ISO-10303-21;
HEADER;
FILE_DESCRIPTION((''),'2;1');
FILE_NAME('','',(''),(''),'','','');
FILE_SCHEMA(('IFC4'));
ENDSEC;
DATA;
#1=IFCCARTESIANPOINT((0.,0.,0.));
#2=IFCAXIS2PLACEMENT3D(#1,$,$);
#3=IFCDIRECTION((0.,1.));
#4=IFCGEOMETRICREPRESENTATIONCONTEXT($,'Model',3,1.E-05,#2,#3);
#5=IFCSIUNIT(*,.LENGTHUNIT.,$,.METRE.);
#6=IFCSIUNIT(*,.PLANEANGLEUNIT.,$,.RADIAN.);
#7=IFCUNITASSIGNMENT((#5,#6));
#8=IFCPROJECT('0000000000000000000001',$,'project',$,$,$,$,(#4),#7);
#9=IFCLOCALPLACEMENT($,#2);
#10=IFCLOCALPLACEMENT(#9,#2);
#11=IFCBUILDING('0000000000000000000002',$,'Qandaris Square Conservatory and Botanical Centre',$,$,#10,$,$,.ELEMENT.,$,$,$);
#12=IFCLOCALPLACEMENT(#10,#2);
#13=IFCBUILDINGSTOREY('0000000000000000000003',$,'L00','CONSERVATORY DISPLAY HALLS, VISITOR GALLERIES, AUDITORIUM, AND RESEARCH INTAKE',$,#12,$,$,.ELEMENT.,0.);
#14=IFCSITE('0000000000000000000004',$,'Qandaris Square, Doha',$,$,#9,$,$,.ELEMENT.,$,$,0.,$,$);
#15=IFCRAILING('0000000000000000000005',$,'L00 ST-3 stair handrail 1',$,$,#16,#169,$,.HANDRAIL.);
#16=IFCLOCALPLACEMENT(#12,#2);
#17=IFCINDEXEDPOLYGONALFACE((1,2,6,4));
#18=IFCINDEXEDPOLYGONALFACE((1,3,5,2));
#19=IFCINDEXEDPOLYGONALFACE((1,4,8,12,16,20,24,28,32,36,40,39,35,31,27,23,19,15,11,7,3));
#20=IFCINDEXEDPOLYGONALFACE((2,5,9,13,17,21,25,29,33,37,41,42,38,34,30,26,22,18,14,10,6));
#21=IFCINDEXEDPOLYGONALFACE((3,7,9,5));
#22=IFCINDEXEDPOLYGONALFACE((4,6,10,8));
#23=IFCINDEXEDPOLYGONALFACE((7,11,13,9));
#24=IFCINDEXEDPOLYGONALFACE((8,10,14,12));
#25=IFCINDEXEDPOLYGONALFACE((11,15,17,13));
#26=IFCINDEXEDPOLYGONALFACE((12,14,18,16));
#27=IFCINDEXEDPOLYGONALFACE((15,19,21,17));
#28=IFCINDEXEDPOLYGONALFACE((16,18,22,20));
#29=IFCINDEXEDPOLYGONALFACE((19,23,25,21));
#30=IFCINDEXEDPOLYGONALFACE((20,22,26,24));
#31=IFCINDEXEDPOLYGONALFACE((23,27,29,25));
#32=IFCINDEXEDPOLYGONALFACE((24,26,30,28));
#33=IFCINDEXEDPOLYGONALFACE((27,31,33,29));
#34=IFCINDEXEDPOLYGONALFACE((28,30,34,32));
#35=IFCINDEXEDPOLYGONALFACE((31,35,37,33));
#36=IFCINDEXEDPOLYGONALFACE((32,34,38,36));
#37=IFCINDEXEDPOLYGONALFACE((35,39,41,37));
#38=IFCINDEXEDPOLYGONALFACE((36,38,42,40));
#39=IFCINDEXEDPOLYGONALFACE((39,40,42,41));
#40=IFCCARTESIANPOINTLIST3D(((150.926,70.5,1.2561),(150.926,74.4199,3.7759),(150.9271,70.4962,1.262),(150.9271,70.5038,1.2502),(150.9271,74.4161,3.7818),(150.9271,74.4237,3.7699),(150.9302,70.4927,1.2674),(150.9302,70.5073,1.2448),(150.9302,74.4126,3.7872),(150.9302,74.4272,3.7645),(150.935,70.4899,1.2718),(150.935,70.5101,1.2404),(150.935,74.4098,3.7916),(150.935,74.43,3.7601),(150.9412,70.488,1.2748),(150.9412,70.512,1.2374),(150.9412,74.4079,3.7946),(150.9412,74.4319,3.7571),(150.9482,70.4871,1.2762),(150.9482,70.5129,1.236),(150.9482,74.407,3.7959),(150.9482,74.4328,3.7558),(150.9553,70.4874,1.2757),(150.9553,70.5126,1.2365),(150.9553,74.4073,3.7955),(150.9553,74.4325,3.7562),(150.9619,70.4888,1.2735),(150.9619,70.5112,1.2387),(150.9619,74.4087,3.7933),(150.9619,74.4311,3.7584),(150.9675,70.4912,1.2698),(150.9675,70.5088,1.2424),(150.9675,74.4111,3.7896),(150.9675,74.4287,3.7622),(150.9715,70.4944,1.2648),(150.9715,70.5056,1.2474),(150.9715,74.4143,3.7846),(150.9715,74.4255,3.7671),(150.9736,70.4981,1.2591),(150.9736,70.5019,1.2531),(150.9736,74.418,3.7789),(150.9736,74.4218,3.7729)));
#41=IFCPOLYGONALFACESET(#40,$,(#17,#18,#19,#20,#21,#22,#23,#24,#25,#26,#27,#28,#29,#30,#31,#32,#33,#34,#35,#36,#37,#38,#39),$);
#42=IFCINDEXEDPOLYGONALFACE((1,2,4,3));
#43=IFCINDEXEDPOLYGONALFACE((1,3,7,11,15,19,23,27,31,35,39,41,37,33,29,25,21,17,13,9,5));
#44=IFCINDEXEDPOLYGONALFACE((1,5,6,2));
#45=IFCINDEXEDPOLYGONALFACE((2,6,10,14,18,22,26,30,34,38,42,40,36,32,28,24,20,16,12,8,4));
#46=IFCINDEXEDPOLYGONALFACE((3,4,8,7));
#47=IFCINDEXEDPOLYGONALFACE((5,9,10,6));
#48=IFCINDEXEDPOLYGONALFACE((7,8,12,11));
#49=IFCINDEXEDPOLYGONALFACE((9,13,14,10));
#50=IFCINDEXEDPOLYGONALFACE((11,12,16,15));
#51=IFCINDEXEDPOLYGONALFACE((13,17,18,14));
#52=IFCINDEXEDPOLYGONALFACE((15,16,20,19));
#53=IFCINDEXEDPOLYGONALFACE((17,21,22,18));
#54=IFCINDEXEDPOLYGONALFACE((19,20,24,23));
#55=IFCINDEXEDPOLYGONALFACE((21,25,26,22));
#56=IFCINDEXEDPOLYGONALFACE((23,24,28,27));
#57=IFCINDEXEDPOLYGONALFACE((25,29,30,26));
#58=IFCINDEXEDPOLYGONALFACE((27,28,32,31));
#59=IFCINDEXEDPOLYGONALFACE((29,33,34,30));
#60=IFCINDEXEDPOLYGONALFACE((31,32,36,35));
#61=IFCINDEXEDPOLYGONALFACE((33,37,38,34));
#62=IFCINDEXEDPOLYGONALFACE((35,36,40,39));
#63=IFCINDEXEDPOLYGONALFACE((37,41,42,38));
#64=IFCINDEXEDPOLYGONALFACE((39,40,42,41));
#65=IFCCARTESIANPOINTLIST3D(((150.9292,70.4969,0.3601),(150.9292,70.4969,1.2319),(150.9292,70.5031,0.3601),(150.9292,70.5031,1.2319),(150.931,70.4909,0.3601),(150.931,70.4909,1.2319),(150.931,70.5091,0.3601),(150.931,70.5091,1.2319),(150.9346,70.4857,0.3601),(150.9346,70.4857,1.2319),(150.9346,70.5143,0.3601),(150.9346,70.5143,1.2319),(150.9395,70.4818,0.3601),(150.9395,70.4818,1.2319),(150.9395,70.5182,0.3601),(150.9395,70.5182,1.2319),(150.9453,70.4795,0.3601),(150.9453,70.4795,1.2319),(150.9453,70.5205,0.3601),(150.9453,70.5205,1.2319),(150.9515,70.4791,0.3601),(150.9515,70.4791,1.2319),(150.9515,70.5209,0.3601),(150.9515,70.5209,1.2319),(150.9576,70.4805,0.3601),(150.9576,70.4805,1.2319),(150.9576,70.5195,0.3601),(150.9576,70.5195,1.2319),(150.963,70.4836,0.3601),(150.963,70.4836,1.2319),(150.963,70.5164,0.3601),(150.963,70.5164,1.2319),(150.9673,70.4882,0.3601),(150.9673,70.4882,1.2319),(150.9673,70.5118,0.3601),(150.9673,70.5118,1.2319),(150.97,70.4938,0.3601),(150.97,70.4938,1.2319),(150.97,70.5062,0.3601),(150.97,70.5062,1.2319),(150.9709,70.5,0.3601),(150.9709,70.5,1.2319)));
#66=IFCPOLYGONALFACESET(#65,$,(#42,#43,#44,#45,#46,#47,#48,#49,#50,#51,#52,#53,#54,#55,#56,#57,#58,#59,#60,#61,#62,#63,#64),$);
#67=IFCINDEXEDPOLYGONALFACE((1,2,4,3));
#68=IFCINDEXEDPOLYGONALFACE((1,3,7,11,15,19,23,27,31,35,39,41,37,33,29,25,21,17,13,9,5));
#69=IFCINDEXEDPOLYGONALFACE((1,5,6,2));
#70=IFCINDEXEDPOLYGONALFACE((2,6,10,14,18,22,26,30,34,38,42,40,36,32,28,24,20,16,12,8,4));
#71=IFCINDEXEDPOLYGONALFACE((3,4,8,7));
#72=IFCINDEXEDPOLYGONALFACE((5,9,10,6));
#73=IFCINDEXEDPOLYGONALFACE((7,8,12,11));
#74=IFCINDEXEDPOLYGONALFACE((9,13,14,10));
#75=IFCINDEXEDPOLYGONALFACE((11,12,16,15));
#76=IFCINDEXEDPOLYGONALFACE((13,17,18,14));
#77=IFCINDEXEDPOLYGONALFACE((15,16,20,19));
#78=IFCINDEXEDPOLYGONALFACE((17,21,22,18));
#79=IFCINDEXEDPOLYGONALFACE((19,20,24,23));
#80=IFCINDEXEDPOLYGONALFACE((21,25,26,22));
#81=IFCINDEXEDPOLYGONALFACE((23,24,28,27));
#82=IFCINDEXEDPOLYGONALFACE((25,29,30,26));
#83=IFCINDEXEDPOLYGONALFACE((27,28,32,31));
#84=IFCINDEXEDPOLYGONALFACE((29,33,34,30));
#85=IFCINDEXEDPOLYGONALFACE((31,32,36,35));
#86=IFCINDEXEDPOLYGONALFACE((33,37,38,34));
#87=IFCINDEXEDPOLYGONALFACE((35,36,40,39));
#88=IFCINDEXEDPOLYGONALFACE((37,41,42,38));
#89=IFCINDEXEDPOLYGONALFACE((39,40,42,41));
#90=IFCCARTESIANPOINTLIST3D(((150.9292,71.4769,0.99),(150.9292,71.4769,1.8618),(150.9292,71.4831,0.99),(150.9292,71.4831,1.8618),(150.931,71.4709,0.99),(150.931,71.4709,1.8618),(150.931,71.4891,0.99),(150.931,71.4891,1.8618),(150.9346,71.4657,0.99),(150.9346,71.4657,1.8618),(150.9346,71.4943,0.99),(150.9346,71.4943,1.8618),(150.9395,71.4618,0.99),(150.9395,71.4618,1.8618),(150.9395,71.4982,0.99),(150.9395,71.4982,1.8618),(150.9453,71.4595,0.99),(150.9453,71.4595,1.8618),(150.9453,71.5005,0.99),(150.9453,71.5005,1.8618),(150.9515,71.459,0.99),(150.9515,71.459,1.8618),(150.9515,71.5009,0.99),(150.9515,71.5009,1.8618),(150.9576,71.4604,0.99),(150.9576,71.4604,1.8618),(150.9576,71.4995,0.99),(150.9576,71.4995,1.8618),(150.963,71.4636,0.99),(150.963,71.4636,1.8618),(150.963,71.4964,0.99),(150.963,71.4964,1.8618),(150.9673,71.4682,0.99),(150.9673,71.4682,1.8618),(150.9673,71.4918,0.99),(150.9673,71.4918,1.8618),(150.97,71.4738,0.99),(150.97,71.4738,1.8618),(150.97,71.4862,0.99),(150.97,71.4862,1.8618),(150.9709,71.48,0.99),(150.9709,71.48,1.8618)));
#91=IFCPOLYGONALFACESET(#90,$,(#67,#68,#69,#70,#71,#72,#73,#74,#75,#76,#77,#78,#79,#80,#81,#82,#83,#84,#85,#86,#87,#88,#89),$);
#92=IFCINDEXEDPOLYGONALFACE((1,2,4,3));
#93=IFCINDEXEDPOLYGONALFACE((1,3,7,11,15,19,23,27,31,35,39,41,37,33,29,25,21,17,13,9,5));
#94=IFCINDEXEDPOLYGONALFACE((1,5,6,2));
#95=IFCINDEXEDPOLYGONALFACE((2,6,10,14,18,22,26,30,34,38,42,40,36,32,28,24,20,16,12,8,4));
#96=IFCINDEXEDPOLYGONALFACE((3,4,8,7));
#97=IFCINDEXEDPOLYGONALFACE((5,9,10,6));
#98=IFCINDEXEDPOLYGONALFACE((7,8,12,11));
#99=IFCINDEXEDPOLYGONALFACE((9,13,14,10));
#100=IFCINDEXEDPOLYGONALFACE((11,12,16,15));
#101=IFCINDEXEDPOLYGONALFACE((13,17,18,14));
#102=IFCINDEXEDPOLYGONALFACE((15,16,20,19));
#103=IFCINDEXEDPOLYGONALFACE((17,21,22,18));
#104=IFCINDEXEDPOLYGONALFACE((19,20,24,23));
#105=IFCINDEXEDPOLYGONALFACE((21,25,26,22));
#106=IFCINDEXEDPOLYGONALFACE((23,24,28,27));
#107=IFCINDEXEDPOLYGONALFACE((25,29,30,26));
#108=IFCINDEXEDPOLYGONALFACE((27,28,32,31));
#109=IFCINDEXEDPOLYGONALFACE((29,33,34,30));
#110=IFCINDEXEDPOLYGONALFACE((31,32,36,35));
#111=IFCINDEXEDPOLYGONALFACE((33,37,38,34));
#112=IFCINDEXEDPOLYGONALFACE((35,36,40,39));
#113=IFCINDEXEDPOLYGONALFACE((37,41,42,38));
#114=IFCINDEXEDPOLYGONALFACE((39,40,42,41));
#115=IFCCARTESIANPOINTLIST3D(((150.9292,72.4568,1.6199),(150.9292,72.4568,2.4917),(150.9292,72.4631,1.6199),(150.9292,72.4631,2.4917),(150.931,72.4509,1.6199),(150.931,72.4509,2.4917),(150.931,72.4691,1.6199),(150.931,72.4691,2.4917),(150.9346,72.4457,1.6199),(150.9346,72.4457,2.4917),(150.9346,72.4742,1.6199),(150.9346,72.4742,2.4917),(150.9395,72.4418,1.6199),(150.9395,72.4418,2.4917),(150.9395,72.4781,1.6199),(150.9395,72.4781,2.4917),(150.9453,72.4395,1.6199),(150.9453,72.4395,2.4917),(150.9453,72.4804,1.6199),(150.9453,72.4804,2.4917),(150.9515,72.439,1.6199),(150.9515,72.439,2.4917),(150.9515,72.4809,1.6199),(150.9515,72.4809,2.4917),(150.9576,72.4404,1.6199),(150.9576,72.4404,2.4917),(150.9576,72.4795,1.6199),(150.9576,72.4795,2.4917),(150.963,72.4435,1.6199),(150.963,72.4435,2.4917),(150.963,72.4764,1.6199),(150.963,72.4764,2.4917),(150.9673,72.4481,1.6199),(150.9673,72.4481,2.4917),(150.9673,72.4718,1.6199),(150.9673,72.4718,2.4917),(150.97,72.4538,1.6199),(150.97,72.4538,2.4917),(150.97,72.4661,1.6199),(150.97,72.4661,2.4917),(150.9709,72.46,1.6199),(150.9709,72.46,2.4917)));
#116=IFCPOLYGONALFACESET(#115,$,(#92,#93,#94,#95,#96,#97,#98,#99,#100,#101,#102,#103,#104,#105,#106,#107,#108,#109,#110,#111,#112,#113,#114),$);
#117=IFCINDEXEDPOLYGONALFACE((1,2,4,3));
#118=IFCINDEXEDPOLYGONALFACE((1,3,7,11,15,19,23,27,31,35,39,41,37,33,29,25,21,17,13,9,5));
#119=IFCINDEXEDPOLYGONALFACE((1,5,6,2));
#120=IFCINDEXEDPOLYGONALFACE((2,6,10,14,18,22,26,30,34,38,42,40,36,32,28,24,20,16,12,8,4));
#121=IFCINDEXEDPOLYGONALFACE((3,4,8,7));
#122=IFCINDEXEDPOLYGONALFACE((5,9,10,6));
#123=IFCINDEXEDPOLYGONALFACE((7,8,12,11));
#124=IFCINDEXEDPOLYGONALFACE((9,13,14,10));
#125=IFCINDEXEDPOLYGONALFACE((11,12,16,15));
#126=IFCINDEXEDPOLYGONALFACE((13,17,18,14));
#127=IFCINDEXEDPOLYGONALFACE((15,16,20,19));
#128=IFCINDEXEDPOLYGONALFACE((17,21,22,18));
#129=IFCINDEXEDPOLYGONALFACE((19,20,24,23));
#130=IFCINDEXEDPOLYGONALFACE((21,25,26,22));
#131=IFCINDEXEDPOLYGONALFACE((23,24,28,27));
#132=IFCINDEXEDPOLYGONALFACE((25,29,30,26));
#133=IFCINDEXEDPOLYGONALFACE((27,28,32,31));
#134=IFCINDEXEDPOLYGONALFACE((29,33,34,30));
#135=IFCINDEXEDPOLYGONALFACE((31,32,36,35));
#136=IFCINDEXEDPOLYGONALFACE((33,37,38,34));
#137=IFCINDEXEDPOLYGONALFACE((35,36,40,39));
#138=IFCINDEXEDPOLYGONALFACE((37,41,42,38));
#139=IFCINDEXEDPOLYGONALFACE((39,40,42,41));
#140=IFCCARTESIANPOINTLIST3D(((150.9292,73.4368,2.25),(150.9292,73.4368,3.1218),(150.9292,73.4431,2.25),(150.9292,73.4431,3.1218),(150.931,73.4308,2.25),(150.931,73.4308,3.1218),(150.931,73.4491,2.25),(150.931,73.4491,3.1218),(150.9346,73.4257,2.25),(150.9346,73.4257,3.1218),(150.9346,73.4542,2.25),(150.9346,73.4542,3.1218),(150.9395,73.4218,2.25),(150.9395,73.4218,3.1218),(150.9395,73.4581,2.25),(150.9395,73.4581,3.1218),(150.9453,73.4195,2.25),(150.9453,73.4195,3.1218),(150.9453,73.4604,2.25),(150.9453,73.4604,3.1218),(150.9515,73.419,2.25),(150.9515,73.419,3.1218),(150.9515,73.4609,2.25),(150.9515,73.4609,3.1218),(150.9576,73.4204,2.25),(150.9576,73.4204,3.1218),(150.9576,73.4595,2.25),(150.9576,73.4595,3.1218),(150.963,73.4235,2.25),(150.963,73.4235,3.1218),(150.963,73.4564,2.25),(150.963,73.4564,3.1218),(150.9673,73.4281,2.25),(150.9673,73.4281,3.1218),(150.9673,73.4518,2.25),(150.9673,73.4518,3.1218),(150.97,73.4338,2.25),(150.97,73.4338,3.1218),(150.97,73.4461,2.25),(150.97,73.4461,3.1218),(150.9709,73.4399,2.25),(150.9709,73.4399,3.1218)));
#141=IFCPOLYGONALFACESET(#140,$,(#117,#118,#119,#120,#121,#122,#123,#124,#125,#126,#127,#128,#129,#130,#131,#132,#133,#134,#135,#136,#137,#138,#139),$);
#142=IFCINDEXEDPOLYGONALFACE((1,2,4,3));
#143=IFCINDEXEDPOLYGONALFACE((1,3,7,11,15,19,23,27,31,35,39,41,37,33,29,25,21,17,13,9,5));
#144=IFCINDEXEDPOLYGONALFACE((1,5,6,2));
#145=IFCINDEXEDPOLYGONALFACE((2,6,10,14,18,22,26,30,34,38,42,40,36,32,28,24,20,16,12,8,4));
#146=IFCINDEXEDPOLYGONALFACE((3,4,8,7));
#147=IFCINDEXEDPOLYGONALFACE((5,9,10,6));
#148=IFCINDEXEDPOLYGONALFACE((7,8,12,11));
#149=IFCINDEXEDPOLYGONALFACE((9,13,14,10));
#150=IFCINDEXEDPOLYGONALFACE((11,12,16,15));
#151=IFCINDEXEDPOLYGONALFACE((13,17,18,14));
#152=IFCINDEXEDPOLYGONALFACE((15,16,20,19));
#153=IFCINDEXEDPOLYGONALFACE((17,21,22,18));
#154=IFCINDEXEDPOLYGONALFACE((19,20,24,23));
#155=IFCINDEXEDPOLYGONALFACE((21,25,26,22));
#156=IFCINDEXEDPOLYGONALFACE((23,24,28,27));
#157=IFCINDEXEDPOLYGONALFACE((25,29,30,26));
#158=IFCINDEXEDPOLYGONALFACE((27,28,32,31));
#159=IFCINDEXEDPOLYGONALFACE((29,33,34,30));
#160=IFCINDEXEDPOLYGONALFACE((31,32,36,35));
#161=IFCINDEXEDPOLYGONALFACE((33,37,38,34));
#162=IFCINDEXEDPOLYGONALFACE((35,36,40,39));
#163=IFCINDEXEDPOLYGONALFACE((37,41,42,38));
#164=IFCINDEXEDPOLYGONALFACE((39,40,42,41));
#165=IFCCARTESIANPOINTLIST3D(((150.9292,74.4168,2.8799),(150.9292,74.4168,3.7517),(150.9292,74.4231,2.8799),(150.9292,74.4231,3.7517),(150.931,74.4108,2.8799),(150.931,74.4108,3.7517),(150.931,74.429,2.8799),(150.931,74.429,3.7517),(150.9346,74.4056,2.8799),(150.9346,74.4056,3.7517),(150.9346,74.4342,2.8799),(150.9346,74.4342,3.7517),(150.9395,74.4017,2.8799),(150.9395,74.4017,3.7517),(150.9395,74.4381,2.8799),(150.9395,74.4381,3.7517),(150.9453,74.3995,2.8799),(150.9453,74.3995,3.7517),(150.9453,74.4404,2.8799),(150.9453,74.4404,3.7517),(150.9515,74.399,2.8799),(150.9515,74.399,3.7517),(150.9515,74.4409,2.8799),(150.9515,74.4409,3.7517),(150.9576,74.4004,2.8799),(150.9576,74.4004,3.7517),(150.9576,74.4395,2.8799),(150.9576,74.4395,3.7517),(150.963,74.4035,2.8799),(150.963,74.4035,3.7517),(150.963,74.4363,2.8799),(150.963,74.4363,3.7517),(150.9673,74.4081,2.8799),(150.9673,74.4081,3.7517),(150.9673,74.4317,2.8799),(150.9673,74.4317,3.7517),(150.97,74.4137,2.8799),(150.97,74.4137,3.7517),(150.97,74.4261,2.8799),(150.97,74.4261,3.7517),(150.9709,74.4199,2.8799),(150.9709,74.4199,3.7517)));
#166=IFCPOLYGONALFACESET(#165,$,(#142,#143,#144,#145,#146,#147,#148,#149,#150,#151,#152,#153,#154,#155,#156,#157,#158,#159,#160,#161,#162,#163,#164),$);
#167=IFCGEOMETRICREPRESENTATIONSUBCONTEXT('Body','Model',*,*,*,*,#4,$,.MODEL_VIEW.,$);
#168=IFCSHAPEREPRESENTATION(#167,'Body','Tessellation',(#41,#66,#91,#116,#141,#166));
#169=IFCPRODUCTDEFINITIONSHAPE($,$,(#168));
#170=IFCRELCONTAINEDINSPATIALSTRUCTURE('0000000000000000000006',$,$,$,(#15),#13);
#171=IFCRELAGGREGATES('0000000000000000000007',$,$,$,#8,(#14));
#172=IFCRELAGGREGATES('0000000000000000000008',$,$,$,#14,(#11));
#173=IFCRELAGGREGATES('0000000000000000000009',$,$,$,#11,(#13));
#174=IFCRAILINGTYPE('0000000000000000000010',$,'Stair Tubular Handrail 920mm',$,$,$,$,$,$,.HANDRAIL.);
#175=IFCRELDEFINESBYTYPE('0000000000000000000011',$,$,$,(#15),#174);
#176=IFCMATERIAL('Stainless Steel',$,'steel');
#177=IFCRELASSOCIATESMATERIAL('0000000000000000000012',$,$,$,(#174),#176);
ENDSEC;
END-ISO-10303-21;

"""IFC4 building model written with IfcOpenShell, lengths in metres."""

from ifc_helpers import new_model, si_unit, direction, frame, origin, origin_2d, place, context, subcontext, project, spatial, circle, extrude, material, type_object, element, save


model = new_model("IFC4")

# Units and contexts
model_context = context("Model", 3, precision=1e-05, world=origin(), true_north=direction((0.0, 1.0)))
body_context = subcontext(model_context, "Body", "Model", "MODEL_VIEW")
ifc_project = project(units=[si_unit("LENGTHUNIT", "METRE"), si_unit("PLANEANGLEUNIT", "RADIAN")], contexts=[model_context])

# Site, building, storey
site_placement = place(None, origin())
site = spatial("IfcSite", under=ifc_project, at=site_placement, Name="Qandaris Square, Doha", CompositionType="ELEMENT", RefElevation=0.0)
building_placement = place(site_placement, origin())
building = spatial("IfcBuilding", under=site, at=building_placement, Name="Qandaris Square Conservatory and Botanical Centre", CompositionType="ELEMENT")
storey_placement = place(building_placement, origin())
storey = spatial("IfcBuildingStorey", under=building, at=storey_placement, Name="L00", Description="CONSERVATORY DISPLAY HALLS, VISITOR GALLERIES, AUDITORIUM, AND RESEARCH INTAKE", CompositionType="ELEMENT", Elevation=0.0)

# Railing
ifc_material_1 = material(Name="Stainless Steel", Category="steel")
railing_type_1 = type_object("IfcRailingType", Name="Stair Tubular Handrail 920mm", PredefinedType="HANDRAIL", material=ifc_material_1)
railing_1_placement = place(storey_placement, frame((150.95, 70.5, 0.3601)))
element("IfcRailing", 1, at=railing_1_placement, inside=storey, type_object=railing_type_1, Name="L00 ST-3 stair handrail 1", PredefinedType="HANDRAIL", context=body_context, shape_type="SweptSolid", body=[
    extrude(circle(Radius=0.0239, at=origin_2d()), frame((0.0, 0.0, 0.896), z_axis=(0.0, 0.841195, 0.540731), x_axis=(-1.0, 0.0, 0.0)), (0.0, 0.0, 1.0), 4.6599),
    extrude(circle(Radius=0.021, at=origin_2d()), origin(), (0.0, 0.0, 1.0), 0.8718),
    extrude(circle(Radius=0.021, at=origin_2d()), frame((0.0, 0.98, 0.6299)), (0.0, 0.0, 1.0), 0.8718),
    extrude(circle(Radius=0.021, at=origin_2d()), frame((0.0, 1.96, 1.2598)), (0.0, 0.0, 1.0), 0.8718),
    extrude(circle(Radius=0.021, at=origin_2d()), frame((0.0, 2.9399, 1.8899)), (0.0, 0.0, 1.0), 0.8718),
    extrude(circle(Radius=0.021, at=origin_2d()), frame((0.0, 3.9199, 2.5198)), (0.0, 0.0, 1.0), 0.8718),
])

save(model, "model.ifc")
